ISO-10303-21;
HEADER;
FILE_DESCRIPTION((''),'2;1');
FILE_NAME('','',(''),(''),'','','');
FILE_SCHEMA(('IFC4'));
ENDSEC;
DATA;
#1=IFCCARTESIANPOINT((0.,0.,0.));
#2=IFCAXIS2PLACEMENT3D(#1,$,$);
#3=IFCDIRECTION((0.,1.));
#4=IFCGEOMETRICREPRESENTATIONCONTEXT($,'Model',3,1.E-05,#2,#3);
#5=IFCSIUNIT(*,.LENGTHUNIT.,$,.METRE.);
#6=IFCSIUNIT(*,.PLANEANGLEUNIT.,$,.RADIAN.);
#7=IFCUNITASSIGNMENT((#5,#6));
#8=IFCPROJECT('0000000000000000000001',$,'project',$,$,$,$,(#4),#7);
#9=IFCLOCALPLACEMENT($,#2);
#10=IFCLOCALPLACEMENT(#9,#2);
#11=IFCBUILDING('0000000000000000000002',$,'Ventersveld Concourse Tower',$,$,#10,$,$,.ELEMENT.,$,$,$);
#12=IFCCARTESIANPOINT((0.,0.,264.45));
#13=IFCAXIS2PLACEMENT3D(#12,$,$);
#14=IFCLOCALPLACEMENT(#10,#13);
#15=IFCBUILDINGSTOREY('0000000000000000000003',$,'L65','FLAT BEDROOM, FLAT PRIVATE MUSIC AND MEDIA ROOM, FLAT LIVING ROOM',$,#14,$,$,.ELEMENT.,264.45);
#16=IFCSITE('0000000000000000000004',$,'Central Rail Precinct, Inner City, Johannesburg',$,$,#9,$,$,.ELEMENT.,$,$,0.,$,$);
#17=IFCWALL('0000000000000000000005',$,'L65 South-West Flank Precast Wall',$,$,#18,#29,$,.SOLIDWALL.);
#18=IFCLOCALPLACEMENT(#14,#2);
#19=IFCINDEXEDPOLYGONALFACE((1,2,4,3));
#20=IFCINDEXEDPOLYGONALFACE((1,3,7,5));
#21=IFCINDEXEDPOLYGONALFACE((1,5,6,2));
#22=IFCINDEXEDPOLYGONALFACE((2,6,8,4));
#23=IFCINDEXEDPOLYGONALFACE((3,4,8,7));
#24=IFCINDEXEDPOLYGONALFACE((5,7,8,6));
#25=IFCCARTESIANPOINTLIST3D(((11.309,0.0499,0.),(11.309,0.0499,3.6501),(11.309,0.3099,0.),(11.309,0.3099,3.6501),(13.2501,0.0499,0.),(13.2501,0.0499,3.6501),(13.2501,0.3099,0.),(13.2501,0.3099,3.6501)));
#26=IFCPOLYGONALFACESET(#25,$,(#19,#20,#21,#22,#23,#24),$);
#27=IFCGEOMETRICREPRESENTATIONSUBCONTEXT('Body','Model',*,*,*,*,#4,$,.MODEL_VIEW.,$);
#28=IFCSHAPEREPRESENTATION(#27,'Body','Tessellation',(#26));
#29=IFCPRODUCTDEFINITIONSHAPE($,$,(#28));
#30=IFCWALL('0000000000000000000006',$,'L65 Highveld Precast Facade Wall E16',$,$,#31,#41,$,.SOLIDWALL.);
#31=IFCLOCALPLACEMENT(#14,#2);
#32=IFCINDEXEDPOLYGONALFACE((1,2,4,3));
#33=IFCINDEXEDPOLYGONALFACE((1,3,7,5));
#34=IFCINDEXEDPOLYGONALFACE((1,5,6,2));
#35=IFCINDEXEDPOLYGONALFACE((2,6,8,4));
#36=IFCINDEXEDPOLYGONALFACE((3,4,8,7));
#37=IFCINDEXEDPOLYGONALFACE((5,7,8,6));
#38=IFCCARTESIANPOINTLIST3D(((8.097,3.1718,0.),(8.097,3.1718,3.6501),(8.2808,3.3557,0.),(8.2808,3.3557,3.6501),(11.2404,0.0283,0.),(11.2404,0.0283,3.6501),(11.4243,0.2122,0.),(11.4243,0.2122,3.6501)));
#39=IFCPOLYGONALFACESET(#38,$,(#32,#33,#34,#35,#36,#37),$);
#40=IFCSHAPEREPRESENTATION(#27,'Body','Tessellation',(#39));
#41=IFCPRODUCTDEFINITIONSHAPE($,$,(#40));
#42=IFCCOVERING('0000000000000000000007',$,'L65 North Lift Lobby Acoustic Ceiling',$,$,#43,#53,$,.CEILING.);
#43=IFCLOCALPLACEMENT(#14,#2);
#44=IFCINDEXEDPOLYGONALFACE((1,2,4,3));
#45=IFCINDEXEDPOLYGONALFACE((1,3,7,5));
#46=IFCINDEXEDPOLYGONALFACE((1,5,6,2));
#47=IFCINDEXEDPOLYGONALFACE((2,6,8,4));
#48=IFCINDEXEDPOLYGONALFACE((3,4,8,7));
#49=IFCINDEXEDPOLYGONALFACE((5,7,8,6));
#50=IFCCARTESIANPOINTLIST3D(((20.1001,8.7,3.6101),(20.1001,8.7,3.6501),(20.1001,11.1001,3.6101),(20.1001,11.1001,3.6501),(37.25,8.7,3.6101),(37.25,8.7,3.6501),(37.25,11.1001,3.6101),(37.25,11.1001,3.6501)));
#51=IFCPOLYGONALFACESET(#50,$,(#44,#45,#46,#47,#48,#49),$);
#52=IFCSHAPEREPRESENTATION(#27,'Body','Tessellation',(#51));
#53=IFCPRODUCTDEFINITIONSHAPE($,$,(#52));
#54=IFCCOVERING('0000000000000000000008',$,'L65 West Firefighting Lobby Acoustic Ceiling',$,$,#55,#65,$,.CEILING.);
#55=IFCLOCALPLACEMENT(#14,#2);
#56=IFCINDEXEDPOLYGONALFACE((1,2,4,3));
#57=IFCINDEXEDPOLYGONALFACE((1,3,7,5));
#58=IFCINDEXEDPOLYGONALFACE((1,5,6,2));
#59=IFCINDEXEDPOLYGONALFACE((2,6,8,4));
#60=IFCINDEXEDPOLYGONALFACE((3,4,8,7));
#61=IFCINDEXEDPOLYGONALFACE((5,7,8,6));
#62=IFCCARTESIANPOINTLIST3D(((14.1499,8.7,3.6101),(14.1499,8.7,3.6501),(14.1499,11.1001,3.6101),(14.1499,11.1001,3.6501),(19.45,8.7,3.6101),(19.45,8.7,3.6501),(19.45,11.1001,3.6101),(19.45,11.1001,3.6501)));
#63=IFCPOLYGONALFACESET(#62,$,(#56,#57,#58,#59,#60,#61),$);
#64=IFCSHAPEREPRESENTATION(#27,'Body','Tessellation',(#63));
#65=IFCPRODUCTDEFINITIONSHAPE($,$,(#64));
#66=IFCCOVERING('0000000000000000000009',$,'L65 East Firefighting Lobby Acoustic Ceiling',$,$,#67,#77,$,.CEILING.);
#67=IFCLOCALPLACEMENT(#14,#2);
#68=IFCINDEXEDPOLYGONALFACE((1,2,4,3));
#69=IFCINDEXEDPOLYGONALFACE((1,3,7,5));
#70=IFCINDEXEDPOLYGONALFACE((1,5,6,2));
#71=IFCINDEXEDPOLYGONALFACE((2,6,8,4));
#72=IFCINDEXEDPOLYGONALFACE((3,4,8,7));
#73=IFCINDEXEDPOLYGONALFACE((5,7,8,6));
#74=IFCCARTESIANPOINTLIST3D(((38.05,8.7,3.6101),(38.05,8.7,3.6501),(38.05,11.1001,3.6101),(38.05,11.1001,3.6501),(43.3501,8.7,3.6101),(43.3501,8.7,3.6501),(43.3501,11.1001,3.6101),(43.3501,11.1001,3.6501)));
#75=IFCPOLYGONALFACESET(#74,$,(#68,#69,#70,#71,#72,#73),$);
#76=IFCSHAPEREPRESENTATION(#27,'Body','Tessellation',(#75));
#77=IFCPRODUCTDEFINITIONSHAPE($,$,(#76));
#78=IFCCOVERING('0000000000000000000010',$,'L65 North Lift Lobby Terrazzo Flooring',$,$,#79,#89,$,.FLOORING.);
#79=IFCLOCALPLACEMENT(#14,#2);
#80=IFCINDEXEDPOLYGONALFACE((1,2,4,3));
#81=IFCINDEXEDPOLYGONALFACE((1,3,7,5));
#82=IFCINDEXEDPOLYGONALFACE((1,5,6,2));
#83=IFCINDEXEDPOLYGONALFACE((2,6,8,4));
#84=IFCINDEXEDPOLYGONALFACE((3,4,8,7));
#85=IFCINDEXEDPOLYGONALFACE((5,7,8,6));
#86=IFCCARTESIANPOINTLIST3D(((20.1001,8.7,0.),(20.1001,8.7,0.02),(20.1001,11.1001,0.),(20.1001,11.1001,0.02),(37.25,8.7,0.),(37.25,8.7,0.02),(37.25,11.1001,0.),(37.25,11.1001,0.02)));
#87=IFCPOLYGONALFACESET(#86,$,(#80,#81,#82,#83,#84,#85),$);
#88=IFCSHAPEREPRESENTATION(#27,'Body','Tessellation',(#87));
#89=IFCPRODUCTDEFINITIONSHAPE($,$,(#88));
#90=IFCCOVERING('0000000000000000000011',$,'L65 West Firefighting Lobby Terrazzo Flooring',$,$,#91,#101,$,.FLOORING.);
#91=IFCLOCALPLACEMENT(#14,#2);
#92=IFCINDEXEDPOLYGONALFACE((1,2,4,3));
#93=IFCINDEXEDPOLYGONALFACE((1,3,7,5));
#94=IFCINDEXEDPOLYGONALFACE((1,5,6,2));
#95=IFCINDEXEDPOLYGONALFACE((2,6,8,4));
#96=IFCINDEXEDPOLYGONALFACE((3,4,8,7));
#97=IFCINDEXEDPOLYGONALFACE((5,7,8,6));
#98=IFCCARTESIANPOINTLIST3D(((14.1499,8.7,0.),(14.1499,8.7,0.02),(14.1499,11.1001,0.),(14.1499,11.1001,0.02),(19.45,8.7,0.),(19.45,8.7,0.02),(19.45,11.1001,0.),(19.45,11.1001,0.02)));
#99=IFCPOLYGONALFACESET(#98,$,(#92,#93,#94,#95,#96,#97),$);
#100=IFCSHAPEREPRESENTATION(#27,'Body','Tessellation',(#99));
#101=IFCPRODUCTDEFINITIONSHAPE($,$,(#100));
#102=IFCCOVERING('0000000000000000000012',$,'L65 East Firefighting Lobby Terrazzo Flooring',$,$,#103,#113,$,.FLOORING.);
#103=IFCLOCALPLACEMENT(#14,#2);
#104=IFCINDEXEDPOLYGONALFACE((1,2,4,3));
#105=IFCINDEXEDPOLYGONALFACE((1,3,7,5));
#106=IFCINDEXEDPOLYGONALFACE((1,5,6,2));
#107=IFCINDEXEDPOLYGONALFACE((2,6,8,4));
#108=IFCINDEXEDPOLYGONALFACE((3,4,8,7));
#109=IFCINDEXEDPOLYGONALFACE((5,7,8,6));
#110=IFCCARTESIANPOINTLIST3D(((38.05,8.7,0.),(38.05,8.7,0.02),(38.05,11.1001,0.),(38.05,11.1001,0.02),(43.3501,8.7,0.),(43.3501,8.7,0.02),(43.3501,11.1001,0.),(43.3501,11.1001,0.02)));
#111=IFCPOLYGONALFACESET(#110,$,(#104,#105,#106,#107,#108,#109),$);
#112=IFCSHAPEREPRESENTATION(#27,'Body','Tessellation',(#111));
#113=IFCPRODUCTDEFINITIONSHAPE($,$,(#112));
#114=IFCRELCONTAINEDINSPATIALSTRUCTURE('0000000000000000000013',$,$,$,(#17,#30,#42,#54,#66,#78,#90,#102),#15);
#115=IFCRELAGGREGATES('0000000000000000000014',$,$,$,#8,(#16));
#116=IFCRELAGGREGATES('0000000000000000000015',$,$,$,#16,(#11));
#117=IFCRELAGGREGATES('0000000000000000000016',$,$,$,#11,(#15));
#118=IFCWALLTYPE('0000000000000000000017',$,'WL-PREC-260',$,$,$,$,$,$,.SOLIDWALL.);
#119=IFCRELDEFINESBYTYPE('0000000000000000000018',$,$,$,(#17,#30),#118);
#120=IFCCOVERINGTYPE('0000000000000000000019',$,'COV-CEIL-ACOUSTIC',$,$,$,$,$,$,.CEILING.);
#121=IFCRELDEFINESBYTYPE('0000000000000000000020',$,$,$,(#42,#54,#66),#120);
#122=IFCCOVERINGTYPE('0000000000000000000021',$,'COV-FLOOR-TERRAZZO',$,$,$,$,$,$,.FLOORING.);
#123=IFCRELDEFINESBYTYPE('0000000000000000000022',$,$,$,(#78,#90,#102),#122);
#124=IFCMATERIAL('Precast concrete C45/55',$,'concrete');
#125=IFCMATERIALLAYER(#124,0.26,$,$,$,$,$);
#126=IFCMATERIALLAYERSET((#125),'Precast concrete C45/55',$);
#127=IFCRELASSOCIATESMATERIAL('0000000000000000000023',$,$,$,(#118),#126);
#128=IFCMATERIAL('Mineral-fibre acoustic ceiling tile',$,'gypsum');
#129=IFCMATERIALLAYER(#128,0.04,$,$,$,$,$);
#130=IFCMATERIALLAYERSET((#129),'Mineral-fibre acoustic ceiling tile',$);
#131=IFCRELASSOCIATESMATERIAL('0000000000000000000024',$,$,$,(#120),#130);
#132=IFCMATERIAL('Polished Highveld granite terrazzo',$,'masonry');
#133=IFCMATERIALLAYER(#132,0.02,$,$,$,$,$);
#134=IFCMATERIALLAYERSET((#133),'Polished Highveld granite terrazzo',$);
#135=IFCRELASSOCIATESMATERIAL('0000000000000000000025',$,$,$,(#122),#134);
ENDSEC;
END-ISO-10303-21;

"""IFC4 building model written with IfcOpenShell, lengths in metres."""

from ifc_helpers import new_model, si_unit, direction, frame, frame_2d, origin, place, context, subcontext, project, spatial, polyline, rectangle, outline, extrude, material, layer, layer_set, type_object, element, save


model = new_model("IFC4")

# Units and contexts
model_context = context("Model", 3, precision=1e-05, world=origin(), true_north=direction((0.0, 1.0)))
body_context = subcontext(model_context, "Body", "Model", "MODEL_VIEW")
ifc_project = project(units=[si_unit("LENGTHUNIT", "METRE"), si_unit("PLANEANGLEUNIT", "RADIAN")], contexts=[model_context])

# Site, building, storey
site_placement = place(None, origin())
site = spatial("IfcSite", under=ifc_project, at=site_placement, Name="Central Rail Precinct, Inner City, Johannesburg", CompositionType="ELEMENT", RefElevation=0.0)
building_placement = place(site_placement, origin())
building = spatial("IfcBuilding", under=site, at=building_placement, Name="Ventersveld Concourse Tower", CompositionType="ELEMENT")
storey_placement = place(building_placement, frame((0.0, 0.0, 264.45)))
storey = spatial("IfcBuildingStorey", under=building, at=storey_placement, Name="L65", Description="FLAT BEDROOM, FLAT PRIVATE MUSIC AND MEDIA ROOM, FLAT LIVING ROOM", CompositionType="ELEMENT", Elevation=264.45)

# Walls
ifc_material_1 = material(Name="Precast concrete C45/55", Category="concrete")
ifc_layer_1 = layer(ifc_material_1, 0.26)
ifc_layer_set_1 = layer_set([ifc_layer_1], Name="Precast concrete C45/55")
wall_type_1 = type_object("IfcWallType", Name="WL-PREC-260", PredefinedType="SOLIDWALL", material=ifc_layer_set_1)
wall_1_placement = place(storey_placement, frame((11.3088, 0.1799, 0.0), z_axis=(0.0, 0.0, 1.0), x_axis=(1.0, 0.0, 0.0)))
element("IfcWall", 1, at=wall_1_placement, inside=storey, type_object=wall_type_1, Name="L65 South-West Flank Precast Wall", PredefinedType="SOLIDWALL", context=body_context, shape_type="SweptSolid", body=[
    extrude(rectangle(XDim=1.9412, YDim=0.26, at=frame_2d((0.9707, 0.0))), origin(), (0.0, 0.0, 1.0), 3.6501),
])
wall_2_placement = place(storey_placement, frame((8.189, 3.2637, 0.0), z_axis=(0.0, 0.0, 1.0), x_axis=(0.707107, -0.707107, 0.0)))
element("IfcWall", 2, at=wall_2_placement, inside=storey, type_object=wall_type_1, Name="L65 Highveld Precast Facade Wall E16", PredefinedType="SOLIDWALL", context=body_context, shape_type="SweptSolid", body=[
    extrude(rectangle(XDim=4.4456, YDim=0.26, at=frame_2d((2.2227, 0.0))), origin(), (0.0, 0.0, 1.0), 3.6501),
])

# Coverings
ifc_material_2 = material(Name="Mineral-fibre acoustic ceiling tile", Category="gypsum")
ifc_layer_2 = layer(ifc_material_2, 0.04)
ifc_layer_set_2 = layer_set([ifc_layer_2], Name="Mineral-fibre acoustic ceiling tile")
covering_type_1 = type_object("IfcCoveringType", Name="COV-CEIL-ACOUSTIC", PredefinedType="CEILING", material=ifc_layer_set_2)
covering_1_placement = place(storey_placement, frame((0.0, 0.0, 3.6101)))
element("IfcCovering", 3, at=covering_1_placement, inside=storey, type_object=covering_type_1, Name="L65 North Lift Lobby Acoustic Ceiling", PredefinedType="CEILING", context=body_context, shape_type="SweptSolid", body=[
    extrude(outline(polyline([(20.1001, 8.7), (37.25, 8.7), (37.25, 11.1001), (20.1001, 11.1001), (20.1001, 8.7)])), origin(), (0.0, 0.0, 1.0), 0.04),
])
covering_2_placement = place(storey_placement, frame((0.0, 0.0, 3.6101)))
element("IfcCovering", 4, at=covering_2_placement, inside=storey, type_object=covering_type_1, Name="L65 West Firefighting Lobby Acoustic Ceiling", PredefinedType="CEILING", context=body_context, shape_type="SweptSolid", body=[
    extrude(outline(polyline([(14.1499, 8.7), (19.45, 8.7), (19.45, 11.1001), (14.1499, 11.1001), (14.1499, 8.7)])), origin(), (0.0, 0.0, 1.0), 0.04),
])
covering_3_placement = place(storey_placement, frame((0.0, 0.0, 3.6101)))
element("IfcCovering", 5, at=covering_3_placement, inside=storey, type_object=covering_type_1, Name="L65 East Firefighting Lobby Acoustic Ceiling", PredefinedType="CEILING", context=body_context, shape_type="SweptSolid", body=[
    extrude(outline(polyline([(38.05, 8.7), (43.3501, 8.7), (43.3501, 11.1001), (38.05, 11.1001), (38.05, 8.7)])), origin(), (0.0, 0.0, 1.0), 0.04),
])
ifc_material_3 = material(Name="Polished Highveld granite terrazzo", Category="masonry")
ifc_layer_3 = layer(ifc_material_3, 0.02)
ifc_layer_set_3 = layer_set([ifc_layer_3], Name="Polished Highveld granite terrazzo")
covering_type_2 = type_object("IfcCoveringType", Name="COV-FLOOR-TERRAZZO", PredefinedType="FLOORING", material=ifc_layer_set_3)
covering_4_placement = place(storey_placement, origin())
element("IfcCovering", 6, at=covering_4_placement, inside=storey, type_object=covering_type_2, Name="L65 North Lift Lobby Terrazzo Flooring", PredefinedType="FLOORING", context=body_context, shape_type="SweptSolid", body=[
    extrude(outline(polyline([(20.1001, 8.7), (37.25, 8.7), (37.25, 11.1001), (20.1001, 11.1001), (20.1001, 8.7)])), origin(), (0.0, 0.0, 1.0), 0.02),
])
covering_5_placement = place(storey_placement, origin())
element("IfcCovering", 7, at=covering_5_placement, inside=storey, type_object=covering_type_2, Name="L65 West Firefighting Lobby Terrazzo Flooring", PredefinedType="FLOORING", context=body_context, shape_type="SweptSolid", body=[
    extrude(outline(polyline([(14.1499, 8.7), (19.45, 8.7), (19.45, 11.1001), (14.1499, 11.1001), (14.1499, 8.7)])), origin(), (0.0, 0.0, 1.0), 0.02),
])
covering_6_placement = place(storey_placement, origin())
element("IfcCovering", 8, at=covering_6_placement, inside=storey, type_object=covering_type_2, Name="L65 East Firefighting Lobby Terrazzo Flooring", PredefinedType="FLOORING", context=body_context, shape_type="SweptSolid", body=[
    extrude(outline(polyline([(38.05, 8.7), (43.3501, 8.7), (43.3501, 11.1001), (38.05, 11.1001), (38.05, 8.7)])), origin(), (0.0, 0.0, 1.0), 0.02),
])

save(model, "model.ifc")
